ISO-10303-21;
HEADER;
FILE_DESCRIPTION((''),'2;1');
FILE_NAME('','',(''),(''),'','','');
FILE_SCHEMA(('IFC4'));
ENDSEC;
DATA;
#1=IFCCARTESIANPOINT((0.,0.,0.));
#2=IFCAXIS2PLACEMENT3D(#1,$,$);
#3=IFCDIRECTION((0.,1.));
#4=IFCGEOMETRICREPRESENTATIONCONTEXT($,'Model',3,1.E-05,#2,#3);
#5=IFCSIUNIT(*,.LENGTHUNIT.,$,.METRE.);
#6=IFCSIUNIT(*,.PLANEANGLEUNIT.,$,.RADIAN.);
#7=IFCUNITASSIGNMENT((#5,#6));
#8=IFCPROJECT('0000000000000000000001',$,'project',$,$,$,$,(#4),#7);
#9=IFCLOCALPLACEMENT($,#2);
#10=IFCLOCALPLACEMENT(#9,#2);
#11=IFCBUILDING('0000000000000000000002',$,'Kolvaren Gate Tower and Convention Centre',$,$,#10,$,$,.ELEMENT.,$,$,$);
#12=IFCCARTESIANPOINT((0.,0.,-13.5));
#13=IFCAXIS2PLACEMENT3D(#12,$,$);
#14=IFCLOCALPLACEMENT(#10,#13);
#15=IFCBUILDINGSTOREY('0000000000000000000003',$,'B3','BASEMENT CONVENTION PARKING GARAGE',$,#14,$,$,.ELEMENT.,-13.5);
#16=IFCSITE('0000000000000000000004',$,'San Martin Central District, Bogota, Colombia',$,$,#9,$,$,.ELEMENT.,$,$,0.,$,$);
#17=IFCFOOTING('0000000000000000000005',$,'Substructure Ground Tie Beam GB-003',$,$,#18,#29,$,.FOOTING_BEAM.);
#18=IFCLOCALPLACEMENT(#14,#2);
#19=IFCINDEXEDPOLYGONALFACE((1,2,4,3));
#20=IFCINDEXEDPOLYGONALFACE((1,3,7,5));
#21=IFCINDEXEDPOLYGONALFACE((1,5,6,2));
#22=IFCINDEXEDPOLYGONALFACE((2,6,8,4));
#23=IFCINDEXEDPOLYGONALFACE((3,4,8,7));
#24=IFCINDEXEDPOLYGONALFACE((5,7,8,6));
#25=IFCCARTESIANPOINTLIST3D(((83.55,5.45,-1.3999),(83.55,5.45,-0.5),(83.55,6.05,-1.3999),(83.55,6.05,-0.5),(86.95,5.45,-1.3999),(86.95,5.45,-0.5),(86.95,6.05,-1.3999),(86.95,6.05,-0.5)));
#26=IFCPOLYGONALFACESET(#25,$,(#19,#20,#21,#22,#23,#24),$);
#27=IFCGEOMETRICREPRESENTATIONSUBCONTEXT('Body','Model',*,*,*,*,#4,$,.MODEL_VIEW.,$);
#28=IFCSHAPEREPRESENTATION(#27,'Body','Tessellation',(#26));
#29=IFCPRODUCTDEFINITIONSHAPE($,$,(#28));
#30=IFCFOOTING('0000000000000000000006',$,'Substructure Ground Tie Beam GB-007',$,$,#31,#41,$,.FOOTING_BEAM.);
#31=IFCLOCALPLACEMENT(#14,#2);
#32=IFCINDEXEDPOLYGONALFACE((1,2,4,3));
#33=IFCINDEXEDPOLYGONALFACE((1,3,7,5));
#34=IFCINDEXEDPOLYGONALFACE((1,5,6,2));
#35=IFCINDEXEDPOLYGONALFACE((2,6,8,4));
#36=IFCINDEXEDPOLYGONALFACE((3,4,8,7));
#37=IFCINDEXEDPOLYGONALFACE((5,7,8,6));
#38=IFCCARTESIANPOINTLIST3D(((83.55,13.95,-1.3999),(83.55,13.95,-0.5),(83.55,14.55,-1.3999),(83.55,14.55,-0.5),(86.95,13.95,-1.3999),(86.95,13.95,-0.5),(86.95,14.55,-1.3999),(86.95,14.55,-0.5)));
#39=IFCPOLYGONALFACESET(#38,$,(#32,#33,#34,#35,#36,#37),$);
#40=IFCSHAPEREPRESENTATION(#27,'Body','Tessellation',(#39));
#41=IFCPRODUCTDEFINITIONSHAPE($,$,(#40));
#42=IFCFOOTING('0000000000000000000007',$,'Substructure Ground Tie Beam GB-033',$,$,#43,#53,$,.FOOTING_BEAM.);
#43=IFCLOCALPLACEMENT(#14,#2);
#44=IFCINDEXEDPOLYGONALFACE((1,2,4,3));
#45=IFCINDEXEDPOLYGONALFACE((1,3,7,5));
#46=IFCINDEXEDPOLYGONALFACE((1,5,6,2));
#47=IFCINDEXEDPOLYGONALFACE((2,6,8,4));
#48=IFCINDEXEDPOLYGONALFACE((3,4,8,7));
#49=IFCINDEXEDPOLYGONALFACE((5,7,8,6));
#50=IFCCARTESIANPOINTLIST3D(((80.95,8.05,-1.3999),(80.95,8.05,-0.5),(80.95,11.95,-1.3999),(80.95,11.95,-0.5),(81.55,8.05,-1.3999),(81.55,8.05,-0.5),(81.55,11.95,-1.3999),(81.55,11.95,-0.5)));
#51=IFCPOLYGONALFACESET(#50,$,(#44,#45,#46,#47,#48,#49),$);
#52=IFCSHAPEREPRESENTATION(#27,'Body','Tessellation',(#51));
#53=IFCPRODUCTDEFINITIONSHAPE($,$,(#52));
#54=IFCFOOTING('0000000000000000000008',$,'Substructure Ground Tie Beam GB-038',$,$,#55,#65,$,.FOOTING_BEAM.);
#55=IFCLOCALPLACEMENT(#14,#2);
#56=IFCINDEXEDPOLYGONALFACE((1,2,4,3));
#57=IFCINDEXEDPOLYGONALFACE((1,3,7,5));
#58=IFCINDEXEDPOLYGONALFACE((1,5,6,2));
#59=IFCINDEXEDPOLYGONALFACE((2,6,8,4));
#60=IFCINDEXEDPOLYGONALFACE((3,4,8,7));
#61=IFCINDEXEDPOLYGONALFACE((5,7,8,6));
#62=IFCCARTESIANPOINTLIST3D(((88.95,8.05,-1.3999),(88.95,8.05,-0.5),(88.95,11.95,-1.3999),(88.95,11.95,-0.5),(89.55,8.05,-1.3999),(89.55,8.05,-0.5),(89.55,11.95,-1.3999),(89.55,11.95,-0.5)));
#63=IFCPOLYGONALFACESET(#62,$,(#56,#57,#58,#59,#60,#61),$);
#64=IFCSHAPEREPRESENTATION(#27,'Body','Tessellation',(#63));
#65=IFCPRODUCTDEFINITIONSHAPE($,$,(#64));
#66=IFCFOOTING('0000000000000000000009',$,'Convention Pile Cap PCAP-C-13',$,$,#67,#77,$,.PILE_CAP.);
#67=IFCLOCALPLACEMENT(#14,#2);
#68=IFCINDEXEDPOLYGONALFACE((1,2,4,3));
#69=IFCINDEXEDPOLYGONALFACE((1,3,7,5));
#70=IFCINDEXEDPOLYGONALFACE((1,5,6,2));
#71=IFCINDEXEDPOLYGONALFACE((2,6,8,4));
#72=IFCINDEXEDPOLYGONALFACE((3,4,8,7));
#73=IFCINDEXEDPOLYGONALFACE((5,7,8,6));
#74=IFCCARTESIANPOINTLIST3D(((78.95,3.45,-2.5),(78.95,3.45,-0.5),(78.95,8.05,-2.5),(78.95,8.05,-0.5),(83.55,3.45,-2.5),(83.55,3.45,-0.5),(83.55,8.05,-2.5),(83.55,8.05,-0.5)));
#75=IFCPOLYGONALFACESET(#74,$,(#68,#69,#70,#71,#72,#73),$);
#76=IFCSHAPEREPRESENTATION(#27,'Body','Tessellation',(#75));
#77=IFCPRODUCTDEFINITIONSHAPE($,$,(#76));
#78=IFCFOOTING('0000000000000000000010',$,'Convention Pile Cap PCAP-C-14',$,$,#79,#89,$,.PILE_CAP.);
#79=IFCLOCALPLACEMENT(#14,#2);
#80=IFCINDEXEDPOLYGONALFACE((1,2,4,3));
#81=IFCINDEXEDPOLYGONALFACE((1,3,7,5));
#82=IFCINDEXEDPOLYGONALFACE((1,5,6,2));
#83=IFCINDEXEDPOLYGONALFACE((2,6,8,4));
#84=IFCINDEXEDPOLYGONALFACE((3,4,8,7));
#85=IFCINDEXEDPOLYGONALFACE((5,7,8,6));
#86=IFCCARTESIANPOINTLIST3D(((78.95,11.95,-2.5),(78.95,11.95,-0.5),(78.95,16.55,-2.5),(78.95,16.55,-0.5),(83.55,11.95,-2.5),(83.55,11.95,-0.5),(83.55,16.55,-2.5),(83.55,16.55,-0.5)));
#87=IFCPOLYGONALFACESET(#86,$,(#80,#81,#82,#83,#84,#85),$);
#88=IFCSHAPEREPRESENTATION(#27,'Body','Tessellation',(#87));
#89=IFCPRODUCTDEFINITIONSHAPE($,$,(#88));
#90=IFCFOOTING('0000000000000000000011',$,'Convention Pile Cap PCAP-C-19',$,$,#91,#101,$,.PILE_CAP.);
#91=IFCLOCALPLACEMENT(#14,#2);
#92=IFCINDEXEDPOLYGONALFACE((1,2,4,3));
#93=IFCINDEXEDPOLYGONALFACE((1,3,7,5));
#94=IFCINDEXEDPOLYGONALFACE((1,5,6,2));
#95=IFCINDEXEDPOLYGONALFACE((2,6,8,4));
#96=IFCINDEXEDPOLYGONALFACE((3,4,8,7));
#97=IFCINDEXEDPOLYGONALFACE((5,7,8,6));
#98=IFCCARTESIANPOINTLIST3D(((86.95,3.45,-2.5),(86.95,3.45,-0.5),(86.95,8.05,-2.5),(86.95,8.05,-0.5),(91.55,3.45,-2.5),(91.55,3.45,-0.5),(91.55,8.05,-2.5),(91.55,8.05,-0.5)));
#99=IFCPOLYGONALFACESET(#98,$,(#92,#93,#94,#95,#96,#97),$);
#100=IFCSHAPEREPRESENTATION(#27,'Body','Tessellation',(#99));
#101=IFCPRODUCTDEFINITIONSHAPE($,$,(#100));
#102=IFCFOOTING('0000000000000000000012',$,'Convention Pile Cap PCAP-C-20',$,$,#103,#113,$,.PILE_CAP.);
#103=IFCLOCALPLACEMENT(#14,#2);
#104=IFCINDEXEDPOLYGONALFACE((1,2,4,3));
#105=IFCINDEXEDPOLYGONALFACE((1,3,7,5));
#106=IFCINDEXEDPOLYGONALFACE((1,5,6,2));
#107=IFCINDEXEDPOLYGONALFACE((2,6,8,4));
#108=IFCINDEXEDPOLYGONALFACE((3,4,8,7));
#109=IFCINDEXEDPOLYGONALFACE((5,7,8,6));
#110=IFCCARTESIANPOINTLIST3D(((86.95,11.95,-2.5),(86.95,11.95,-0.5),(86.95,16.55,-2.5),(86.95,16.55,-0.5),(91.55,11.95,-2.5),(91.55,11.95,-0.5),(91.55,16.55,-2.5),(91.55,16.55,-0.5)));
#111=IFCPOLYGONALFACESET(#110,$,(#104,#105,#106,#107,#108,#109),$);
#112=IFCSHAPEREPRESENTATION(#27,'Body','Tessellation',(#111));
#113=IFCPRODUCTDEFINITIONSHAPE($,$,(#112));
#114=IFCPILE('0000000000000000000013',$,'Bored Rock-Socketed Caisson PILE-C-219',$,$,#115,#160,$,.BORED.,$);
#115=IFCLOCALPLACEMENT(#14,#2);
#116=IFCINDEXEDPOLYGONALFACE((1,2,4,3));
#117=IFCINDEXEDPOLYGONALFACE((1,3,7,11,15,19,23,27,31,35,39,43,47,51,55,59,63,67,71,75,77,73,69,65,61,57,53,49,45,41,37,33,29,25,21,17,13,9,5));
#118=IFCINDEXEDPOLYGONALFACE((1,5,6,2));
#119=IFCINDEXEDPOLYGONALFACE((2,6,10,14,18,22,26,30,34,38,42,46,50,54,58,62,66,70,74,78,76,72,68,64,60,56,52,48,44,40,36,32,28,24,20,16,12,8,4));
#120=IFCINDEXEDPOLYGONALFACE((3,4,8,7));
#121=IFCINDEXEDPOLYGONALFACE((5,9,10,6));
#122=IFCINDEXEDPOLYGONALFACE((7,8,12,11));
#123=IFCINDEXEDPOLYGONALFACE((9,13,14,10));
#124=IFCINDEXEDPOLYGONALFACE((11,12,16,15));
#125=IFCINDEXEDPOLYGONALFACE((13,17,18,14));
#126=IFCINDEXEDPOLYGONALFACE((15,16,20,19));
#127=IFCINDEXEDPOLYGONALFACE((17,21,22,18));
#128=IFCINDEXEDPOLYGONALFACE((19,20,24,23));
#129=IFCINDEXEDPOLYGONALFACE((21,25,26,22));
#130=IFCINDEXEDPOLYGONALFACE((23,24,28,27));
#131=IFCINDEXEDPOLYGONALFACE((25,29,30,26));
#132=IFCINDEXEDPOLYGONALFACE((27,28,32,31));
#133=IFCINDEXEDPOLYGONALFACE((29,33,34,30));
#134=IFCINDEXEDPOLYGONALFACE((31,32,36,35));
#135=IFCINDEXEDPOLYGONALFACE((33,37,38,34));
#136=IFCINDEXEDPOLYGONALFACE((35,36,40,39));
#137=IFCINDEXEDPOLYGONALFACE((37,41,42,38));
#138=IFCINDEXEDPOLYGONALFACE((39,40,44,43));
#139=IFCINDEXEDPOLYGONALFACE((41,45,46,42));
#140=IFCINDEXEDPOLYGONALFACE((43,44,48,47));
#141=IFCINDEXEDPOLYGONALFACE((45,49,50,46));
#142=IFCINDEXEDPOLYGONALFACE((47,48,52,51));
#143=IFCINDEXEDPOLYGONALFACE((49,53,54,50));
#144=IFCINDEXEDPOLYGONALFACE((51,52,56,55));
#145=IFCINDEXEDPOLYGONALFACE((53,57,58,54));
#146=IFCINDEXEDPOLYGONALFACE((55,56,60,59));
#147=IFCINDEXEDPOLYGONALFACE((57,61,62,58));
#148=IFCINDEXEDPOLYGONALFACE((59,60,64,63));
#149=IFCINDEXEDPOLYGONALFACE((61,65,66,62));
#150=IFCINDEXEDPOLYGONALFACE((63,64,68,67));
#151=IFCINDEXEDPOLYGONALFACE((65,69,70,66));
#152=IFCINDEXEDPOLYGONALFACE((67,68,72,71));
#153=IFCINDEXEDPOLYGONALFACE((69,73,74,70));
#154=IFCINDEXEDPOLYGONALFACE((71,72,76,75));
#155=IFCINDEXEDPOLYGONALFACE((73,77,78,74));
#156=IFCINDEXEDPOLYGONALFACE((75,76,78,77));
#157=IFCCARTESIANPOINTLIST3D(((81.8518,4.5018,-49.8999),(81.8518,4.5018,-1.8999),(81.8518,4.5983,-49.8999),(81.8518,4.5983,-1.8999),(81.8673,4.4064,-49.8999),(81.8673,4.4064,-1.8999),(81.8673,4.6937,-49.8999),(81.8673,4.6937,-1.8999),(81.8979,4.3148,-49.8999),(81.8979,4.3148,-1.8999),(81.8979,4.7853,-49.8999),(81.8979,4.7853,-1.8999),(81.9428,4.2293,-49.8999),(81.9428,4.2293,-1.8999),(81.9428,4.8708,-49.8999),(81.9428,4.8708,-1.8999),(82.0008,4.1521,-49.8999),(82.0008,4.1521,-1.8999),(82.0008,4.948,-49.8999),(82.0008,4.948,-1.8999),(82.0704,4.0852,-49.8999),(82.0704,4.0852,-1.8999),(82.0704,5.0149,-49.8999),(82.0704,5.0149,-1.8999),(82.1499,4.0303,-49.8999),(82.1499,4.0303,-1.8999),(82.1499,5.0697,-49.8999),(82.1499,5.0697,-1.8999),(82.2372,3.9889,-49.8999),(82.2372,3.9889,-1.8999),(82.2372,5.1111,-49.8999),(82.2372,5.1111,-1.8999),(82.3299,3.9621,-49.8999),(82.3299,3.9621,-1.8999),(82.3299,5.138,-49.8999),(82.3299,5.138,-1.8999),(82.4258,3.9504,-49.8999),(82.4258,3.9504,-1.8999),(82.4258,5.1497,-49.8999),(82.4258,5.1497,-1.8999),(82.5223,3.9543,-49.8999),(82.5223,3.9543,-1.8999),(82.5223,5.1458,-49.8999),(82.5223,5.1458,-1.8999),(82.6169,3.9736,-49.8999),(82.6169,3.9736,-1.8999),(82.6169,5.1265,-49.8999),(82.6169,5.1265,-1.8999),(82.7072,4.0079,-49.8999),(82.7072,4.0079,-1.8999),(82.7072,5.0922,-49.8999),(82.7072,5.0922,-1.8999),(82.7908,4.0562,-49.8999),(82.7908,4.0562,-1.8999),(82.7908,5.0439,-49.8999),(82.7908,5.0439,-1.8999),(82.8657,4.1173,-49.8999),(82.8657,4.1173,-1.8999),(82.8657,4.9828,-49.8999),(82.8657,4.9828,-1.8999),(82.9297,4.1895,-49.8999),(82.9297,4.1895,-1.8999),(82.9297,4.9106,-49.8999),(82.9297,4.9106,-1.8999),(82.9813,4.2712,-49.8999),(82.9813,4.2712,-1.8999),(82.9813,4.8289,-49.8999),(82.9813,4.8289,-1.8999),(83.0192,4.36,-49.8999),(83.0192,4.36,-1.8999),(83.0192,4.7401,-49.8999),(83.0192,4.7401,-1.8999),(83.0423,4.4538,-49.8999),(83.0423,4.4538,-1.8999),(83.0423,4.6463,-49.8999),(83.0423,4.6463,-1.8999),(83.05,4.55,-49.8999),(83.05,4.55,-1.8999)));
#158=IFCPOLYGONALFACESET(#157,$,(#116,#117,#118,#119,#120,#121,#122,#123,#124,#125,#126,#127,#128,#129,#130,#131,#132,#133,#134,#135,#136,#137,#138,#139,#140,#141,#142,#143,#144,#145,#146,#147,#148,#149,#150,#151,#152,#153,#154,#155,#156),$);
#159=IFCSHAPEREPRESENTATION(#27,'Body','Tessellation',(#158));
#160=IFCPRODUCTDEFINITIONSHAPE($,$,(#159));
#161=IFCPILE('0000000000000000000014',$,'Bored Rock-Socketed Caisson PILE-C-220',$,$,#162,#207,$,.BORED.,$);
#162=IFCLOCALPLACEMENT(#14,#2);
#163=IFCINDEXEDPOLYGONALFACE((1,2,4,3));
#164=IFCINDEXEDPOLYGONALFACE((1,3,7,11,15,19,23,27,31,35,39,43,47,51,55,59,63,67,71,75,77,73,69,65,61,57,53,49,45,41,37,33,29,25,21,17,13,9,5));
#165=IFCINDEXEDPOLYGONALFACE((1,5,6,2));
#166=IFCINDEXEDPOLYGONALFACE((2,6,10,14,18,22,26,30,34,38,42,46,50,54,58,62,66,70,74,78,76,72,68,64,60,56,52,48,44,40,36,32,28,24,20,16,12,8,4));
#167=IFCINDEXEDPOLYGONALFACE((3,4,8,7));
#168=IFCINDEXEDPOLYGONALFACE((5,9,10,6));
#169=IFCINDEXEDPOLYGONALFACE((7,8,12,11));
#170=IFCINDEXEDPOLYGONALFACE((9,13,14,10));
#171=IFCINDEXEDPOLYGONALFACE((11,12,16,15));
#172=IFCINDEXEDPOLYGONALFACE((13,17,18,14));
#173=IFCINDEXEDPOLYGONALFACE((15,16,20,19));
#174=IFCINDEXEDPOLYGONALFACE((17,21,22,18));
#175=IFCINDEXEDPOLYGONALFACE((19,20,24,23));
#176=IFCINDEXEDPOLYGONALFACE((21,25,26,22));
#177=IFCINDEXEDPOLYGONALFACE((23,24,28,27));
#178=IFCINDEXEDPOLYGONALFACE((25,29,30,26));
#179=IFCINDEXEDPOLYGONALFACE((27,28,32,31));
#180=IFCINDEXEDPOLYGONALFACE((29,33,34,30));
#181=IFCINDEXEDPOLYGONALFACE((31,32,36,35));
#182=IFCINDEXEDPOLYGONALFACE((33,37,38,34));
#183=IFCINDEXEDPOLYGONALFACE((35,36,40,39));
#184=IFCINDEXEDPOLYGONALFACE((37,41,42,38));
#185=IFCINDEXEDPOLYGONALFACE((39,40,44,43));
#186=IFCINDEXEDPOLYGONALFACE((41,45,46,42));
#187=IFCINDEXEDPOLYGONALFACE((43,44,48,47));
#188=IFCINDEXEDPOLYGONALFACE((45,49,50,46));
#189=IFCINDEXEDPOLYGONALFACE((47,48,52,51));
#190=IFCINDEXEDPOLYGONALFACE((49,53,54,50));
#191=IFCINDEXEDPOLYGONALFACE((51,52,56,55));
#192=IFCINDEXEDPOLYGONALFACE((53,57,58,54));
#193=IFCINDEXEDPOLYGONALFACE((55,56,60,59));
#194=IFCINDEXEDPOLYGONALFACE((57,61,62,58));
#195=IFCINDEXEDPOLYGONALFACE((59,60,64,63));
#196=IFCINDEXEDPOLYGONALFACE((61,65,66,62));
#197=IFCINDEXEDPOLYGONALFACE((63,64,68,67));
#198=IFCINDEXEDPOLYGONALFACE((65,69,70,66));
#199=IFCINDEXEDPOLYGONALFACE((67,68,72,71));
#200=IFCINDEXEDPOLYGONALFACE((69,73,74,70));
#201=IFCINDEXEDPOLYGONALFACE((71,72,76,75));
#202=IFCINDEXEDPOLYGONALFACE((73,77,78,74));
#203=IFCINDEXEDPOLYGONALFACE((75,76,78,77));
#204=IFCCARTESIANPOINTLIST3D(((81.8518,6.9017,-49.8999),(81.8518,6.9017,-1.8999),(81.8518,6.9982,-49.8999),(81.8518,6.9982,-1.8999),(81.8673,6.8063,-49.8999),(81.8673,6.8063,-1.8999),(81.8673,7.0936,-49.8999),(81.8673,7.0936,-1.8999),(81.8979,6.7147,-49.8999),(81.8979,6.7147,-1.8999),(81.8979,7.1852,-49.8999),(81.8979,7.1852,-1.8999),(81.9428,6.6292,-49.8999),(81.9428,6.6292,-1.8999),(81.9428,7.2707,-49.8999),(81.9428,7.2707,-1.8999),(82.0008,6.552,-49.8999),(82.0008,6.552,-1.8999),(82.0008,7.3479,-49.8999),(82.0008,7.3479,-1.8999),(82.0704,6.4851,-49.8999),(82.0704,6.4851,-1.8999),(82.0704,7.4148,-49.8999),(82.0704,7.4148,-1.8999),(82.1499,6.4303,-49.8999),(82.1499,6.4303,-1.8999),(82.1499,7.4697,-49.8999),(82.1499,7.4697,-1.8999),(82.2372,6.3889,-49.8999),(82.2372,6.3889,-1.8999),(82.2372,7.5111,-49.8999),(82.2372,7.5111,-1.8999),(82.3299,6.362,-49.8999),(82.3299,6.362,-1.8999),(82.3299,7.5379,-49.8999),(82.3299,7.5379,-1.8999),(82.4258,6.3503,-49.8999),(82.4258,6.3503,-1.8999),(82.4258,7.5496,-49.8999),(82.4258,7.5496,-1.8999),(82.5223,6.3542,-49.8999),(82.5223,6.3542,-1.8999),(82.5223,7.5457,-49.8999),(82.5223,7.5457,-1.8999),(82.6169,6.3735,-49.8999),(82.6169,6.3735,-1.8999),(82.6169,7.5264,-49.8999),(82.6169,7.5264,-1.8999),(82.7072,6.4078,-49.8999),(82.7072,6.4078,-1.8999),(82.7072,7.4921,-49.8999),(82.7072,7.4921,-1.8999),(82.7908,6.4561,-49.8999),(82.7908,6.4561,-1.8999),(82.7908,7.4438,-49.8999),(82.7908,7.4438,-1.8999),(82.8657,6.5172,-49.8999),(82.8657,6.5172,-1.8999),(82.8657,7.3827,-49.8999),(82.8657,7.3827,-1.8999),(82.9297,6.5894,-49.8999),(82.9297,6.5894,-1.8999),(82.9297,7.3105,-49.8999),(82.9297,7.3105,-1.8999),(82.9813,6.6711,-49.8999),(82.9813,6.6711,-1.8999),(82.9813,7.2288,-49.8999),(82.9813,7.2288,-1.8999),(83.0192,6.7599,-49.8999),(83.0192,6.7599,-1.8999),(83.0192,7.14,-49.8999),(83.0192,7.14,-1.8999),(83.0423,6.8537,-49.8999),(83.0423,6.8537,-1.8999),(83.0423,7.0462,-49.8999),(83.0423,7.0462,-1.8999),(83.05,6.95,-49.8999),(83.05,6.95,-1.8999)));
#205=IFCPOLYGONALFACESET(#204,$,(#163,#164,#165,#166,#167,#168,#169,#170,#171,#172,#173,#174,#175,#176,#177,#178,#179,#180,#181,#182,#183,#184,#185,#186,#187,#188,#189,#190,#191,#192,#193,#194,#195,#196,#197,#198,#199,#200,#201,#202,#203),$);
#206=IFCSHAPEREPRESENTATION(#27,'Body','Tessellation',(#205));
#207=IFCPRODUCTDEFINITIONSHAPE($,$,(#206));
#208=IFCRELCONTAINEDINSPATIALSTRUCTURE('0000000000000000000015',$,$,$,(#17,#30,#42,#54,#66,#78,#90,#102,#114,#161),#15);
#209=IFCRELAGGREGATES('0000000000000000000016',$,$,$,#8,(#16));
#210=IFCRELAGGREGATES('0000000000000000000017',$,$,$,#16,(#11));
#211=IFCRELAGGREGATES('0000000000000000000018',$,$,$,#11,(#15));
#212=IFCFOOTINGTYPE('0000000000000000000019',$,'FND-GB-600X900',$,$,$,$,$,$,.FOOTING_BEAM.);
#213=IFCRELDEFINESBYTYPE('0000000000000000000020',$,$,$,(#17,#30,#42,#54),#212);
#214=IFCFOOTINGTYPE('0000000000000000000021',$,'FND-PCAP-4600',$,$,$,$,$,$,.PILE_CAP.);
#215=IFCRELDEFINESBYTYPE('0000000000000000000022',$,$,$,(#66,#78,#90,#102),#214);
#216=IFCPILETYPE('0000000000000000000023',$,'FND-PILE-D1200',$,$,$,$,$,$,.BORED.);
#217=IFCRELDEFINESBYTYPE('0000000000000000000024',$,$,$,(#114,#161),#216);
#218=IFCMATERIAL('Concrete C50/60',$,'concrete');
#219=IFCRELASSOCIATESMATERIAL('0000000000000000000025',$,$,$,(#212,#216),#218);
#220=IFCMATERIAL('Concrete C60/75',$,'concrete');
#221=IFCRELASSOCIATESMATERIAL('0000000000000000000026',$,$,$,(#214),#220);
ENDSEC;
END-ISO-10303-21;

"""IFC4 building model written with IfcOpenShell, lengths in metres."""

from ifc_helpers import new_model, si_unit, direction, frame, origin, origin_2d, place, context, subcontext, project, spatial, rectangle, circle, extrude, material, material_profile, profile_set, type_object, element, save


model = new_model("IFC4")

# Units and contexts
model_context = context("Model", 3, precision=1e-05, world=origin(), true_north=direction((0.0, 1.0)))
body_context = subcontext(model_context, "Body", "Model", "MODEL_VIEW")
ifc_project = project(units=[si_unit("LENGTHUNIT", "METRE"), si_unit("PLANEANGLEUNIT", "RADIAN")], contexts=[model_context])

# Site, building, storey
site_placement = place(None, origin())
site = spatial("IfcSite", under=ifc_project, at=site_placement, Name="San Martin Central District, Bogota, Colombia", CompositionType="ELEMENT", RefElevation=0.0)
building_placement = place(site_placement, origin())
building = spatial("IfcBuilding", under=site, at=building_placement, Name="Kolvaren Gate Tower and Convention Centre", CompositionType="ELEMENT")
storey_placement = place(building_placement, frame((0.0, 0.0, -13.5)))
storey = spatial("IfcBuildingStorey", under=building, at=storey_placement, Name="B3", Description="BASEMENT CONVENTION PARKING GARAGE", CompositionType="ELEMENT", Elevation=-13.5)

# Footings
ifc_material_1 = material(Name="Concrete C50/60", Category="concrete")
ifc_material_profile_1 = material_profile(ifc_material_1, rectangle(XDim=0.6001, YDim=0.8999, at=origin_2d()), Name="RC-BM-600X900")
ifc_profile_set_1 = profile_set([ifc_material_profile_1], Name="Concrete C50/60")
footing_type_1 = type_object("IfcFootingType", Name="FND-GB-600X900", PredefinedType="FOOTING_BEAM", material=ifc_profile_set_1)
for number, where, z_axis, x_axis, name in (
    (1, (83.55, 5.75, -0.95), (1.0, 0.0, 0.0), (0.0, 1.0, 0.0), "Substructure Ground Tie Beam GB-003"),
    (2, (83.55, 14.25, -0.95), (1.0, 0.0, 0.0), (0.0, 1.0, 0.0), "Substructure Ground Tie Beam GB-007"),
):
    element("IfcFooting", number, at=place(storey_placement, frame(where, z_axis=z_axis, x_axis=x_axis)), inside=storey, type_object=footing_type_1, Name=name, PredefinedType="FOOTING_BEAM", context=body_context, shape_type="SweptSolid", body=[
        extrude(rectangle(XDim=0.6001, YDim=0.8999, at=origin_2d()), origin(), (0.0, 0.0, 1.0), 3.3999),
    ])
for number, where, z_axis, x_axis, name in (
    (3, (81.25, 8.05, -0.95), (0.0, 1.0, 0.0), (-1.0, 0.0, 0.0), "Substructure Ground Tie Beam GB-033"),
    (4, (89.25, 8.05, -0.95), (0.0, 1.0, 0.0), (-1.0, 0.0, 0.0), "Substructure Ground Tie Beam GB-038"),
):
    element("IfcFooting", number, at=place(storey_placement, frame(where, z_axis=z_axis, x_axis=x_axis)), inside=storey, type_object=footing_type_1, Name=name, PredefinedType="FOOTING_BEAM", context=body_context, shape_type="SweptSolid", body=[
        extrude(rectangle(XDim=0.6001, YDim=0.8999, at=origin_2d()), origin(), (0.0, 0.0, 1.0), 3.8999),
    ])
ifc_material_2 = material(Name="Concrete C60/75", Category="concrete")
footing_type_2 = type_object("IfcFootingType", Name="FND-PCAP-4600", PredefinedType="PILE_CAP", material=ifc_material_2)
for number, where, z_axis, x_axis, name in (
    (5, (81.25, 5.75, -2.5), (0.0, 0.0, 1.0), (1.0, 0.0, 0.0), "Convention Pile Cap PCAP-C-13"),
    (6, (81.25, 14.25, -2.5), (0.0, 0.0, 1.0), (1.0, 0.0, 0.0), "Convention Pile Cap PCAP-C-14"),
    (7, (89.25, 5.75, -2.5), (0.0, 0.0, 1.0), (1.0, 0.0, 0.0), "Convention Pile Cap PCAP-C-19"),
    (8, (89.25, 14.25, -2.5), (0.0, 0.0, 1.0), (1.0, 0.0, 0.0), "Convention Pile Cap PCAP-C-20"),
):
    element("IfcFooting", number, at=place(storey_placement, frame(where, z_axis=z_axis, x_axis=x_axis)), inside=storey, type_object=footing_type_2, Name=name, PredefinedType="PILE_CAP", context=body_context, shape_type="SweptSolid", body=[
        extrude(rectangle(XDim=4.6001, YDim=4.6001, at=origin_2d()), origin(), (0.0, 0.0, 1.0), 2.0),
    ])

# Piles
ifc_material_profile_2 = material_profile(ifc_material_1, circle(Radius=0.6001, at=origin_2d()), Name="CAISSON-D1200")
ifc_profile_set_2 = profile_set([ifc_material_profile_2], Name="Concrete C50/60")
pile_type = type_object("IfcPileType", Name="FND-PILE-D1200", PredefinedType="BORED", material=ifc_profile_set_2)
for number, where, z_axis, x_axis, name in (
    (9, (82.45, 4.55, -1.8999), (0.0, 0.0, -1.0), (1.0, 0.0, 0.0), "Bored Rock-Socketed Caisson PILE-C-219"),
    (10, (82.45, 6.95, -1.8999), (0.0, 0.0, -1.0), (1.0, 0.0, 0.0), "Bored Rock-Socketed Caisson PILE-C-220"),
):
    element("IfcPile", number, at=place(storey_placement, frame(where, z_axis=z_axis, x_axis=x_axis)), inside=storey, type_object=pile_type, Name=name, PredefinedType="BORED", context=body_context, shape_type="SweptSolid", body=[
        extrude(circle(Radius=0.6001, at=origin_2d()), origin(), (0.0, 0.0, 1.0), 48.0),
    ])

save(model, "model.ifc")
